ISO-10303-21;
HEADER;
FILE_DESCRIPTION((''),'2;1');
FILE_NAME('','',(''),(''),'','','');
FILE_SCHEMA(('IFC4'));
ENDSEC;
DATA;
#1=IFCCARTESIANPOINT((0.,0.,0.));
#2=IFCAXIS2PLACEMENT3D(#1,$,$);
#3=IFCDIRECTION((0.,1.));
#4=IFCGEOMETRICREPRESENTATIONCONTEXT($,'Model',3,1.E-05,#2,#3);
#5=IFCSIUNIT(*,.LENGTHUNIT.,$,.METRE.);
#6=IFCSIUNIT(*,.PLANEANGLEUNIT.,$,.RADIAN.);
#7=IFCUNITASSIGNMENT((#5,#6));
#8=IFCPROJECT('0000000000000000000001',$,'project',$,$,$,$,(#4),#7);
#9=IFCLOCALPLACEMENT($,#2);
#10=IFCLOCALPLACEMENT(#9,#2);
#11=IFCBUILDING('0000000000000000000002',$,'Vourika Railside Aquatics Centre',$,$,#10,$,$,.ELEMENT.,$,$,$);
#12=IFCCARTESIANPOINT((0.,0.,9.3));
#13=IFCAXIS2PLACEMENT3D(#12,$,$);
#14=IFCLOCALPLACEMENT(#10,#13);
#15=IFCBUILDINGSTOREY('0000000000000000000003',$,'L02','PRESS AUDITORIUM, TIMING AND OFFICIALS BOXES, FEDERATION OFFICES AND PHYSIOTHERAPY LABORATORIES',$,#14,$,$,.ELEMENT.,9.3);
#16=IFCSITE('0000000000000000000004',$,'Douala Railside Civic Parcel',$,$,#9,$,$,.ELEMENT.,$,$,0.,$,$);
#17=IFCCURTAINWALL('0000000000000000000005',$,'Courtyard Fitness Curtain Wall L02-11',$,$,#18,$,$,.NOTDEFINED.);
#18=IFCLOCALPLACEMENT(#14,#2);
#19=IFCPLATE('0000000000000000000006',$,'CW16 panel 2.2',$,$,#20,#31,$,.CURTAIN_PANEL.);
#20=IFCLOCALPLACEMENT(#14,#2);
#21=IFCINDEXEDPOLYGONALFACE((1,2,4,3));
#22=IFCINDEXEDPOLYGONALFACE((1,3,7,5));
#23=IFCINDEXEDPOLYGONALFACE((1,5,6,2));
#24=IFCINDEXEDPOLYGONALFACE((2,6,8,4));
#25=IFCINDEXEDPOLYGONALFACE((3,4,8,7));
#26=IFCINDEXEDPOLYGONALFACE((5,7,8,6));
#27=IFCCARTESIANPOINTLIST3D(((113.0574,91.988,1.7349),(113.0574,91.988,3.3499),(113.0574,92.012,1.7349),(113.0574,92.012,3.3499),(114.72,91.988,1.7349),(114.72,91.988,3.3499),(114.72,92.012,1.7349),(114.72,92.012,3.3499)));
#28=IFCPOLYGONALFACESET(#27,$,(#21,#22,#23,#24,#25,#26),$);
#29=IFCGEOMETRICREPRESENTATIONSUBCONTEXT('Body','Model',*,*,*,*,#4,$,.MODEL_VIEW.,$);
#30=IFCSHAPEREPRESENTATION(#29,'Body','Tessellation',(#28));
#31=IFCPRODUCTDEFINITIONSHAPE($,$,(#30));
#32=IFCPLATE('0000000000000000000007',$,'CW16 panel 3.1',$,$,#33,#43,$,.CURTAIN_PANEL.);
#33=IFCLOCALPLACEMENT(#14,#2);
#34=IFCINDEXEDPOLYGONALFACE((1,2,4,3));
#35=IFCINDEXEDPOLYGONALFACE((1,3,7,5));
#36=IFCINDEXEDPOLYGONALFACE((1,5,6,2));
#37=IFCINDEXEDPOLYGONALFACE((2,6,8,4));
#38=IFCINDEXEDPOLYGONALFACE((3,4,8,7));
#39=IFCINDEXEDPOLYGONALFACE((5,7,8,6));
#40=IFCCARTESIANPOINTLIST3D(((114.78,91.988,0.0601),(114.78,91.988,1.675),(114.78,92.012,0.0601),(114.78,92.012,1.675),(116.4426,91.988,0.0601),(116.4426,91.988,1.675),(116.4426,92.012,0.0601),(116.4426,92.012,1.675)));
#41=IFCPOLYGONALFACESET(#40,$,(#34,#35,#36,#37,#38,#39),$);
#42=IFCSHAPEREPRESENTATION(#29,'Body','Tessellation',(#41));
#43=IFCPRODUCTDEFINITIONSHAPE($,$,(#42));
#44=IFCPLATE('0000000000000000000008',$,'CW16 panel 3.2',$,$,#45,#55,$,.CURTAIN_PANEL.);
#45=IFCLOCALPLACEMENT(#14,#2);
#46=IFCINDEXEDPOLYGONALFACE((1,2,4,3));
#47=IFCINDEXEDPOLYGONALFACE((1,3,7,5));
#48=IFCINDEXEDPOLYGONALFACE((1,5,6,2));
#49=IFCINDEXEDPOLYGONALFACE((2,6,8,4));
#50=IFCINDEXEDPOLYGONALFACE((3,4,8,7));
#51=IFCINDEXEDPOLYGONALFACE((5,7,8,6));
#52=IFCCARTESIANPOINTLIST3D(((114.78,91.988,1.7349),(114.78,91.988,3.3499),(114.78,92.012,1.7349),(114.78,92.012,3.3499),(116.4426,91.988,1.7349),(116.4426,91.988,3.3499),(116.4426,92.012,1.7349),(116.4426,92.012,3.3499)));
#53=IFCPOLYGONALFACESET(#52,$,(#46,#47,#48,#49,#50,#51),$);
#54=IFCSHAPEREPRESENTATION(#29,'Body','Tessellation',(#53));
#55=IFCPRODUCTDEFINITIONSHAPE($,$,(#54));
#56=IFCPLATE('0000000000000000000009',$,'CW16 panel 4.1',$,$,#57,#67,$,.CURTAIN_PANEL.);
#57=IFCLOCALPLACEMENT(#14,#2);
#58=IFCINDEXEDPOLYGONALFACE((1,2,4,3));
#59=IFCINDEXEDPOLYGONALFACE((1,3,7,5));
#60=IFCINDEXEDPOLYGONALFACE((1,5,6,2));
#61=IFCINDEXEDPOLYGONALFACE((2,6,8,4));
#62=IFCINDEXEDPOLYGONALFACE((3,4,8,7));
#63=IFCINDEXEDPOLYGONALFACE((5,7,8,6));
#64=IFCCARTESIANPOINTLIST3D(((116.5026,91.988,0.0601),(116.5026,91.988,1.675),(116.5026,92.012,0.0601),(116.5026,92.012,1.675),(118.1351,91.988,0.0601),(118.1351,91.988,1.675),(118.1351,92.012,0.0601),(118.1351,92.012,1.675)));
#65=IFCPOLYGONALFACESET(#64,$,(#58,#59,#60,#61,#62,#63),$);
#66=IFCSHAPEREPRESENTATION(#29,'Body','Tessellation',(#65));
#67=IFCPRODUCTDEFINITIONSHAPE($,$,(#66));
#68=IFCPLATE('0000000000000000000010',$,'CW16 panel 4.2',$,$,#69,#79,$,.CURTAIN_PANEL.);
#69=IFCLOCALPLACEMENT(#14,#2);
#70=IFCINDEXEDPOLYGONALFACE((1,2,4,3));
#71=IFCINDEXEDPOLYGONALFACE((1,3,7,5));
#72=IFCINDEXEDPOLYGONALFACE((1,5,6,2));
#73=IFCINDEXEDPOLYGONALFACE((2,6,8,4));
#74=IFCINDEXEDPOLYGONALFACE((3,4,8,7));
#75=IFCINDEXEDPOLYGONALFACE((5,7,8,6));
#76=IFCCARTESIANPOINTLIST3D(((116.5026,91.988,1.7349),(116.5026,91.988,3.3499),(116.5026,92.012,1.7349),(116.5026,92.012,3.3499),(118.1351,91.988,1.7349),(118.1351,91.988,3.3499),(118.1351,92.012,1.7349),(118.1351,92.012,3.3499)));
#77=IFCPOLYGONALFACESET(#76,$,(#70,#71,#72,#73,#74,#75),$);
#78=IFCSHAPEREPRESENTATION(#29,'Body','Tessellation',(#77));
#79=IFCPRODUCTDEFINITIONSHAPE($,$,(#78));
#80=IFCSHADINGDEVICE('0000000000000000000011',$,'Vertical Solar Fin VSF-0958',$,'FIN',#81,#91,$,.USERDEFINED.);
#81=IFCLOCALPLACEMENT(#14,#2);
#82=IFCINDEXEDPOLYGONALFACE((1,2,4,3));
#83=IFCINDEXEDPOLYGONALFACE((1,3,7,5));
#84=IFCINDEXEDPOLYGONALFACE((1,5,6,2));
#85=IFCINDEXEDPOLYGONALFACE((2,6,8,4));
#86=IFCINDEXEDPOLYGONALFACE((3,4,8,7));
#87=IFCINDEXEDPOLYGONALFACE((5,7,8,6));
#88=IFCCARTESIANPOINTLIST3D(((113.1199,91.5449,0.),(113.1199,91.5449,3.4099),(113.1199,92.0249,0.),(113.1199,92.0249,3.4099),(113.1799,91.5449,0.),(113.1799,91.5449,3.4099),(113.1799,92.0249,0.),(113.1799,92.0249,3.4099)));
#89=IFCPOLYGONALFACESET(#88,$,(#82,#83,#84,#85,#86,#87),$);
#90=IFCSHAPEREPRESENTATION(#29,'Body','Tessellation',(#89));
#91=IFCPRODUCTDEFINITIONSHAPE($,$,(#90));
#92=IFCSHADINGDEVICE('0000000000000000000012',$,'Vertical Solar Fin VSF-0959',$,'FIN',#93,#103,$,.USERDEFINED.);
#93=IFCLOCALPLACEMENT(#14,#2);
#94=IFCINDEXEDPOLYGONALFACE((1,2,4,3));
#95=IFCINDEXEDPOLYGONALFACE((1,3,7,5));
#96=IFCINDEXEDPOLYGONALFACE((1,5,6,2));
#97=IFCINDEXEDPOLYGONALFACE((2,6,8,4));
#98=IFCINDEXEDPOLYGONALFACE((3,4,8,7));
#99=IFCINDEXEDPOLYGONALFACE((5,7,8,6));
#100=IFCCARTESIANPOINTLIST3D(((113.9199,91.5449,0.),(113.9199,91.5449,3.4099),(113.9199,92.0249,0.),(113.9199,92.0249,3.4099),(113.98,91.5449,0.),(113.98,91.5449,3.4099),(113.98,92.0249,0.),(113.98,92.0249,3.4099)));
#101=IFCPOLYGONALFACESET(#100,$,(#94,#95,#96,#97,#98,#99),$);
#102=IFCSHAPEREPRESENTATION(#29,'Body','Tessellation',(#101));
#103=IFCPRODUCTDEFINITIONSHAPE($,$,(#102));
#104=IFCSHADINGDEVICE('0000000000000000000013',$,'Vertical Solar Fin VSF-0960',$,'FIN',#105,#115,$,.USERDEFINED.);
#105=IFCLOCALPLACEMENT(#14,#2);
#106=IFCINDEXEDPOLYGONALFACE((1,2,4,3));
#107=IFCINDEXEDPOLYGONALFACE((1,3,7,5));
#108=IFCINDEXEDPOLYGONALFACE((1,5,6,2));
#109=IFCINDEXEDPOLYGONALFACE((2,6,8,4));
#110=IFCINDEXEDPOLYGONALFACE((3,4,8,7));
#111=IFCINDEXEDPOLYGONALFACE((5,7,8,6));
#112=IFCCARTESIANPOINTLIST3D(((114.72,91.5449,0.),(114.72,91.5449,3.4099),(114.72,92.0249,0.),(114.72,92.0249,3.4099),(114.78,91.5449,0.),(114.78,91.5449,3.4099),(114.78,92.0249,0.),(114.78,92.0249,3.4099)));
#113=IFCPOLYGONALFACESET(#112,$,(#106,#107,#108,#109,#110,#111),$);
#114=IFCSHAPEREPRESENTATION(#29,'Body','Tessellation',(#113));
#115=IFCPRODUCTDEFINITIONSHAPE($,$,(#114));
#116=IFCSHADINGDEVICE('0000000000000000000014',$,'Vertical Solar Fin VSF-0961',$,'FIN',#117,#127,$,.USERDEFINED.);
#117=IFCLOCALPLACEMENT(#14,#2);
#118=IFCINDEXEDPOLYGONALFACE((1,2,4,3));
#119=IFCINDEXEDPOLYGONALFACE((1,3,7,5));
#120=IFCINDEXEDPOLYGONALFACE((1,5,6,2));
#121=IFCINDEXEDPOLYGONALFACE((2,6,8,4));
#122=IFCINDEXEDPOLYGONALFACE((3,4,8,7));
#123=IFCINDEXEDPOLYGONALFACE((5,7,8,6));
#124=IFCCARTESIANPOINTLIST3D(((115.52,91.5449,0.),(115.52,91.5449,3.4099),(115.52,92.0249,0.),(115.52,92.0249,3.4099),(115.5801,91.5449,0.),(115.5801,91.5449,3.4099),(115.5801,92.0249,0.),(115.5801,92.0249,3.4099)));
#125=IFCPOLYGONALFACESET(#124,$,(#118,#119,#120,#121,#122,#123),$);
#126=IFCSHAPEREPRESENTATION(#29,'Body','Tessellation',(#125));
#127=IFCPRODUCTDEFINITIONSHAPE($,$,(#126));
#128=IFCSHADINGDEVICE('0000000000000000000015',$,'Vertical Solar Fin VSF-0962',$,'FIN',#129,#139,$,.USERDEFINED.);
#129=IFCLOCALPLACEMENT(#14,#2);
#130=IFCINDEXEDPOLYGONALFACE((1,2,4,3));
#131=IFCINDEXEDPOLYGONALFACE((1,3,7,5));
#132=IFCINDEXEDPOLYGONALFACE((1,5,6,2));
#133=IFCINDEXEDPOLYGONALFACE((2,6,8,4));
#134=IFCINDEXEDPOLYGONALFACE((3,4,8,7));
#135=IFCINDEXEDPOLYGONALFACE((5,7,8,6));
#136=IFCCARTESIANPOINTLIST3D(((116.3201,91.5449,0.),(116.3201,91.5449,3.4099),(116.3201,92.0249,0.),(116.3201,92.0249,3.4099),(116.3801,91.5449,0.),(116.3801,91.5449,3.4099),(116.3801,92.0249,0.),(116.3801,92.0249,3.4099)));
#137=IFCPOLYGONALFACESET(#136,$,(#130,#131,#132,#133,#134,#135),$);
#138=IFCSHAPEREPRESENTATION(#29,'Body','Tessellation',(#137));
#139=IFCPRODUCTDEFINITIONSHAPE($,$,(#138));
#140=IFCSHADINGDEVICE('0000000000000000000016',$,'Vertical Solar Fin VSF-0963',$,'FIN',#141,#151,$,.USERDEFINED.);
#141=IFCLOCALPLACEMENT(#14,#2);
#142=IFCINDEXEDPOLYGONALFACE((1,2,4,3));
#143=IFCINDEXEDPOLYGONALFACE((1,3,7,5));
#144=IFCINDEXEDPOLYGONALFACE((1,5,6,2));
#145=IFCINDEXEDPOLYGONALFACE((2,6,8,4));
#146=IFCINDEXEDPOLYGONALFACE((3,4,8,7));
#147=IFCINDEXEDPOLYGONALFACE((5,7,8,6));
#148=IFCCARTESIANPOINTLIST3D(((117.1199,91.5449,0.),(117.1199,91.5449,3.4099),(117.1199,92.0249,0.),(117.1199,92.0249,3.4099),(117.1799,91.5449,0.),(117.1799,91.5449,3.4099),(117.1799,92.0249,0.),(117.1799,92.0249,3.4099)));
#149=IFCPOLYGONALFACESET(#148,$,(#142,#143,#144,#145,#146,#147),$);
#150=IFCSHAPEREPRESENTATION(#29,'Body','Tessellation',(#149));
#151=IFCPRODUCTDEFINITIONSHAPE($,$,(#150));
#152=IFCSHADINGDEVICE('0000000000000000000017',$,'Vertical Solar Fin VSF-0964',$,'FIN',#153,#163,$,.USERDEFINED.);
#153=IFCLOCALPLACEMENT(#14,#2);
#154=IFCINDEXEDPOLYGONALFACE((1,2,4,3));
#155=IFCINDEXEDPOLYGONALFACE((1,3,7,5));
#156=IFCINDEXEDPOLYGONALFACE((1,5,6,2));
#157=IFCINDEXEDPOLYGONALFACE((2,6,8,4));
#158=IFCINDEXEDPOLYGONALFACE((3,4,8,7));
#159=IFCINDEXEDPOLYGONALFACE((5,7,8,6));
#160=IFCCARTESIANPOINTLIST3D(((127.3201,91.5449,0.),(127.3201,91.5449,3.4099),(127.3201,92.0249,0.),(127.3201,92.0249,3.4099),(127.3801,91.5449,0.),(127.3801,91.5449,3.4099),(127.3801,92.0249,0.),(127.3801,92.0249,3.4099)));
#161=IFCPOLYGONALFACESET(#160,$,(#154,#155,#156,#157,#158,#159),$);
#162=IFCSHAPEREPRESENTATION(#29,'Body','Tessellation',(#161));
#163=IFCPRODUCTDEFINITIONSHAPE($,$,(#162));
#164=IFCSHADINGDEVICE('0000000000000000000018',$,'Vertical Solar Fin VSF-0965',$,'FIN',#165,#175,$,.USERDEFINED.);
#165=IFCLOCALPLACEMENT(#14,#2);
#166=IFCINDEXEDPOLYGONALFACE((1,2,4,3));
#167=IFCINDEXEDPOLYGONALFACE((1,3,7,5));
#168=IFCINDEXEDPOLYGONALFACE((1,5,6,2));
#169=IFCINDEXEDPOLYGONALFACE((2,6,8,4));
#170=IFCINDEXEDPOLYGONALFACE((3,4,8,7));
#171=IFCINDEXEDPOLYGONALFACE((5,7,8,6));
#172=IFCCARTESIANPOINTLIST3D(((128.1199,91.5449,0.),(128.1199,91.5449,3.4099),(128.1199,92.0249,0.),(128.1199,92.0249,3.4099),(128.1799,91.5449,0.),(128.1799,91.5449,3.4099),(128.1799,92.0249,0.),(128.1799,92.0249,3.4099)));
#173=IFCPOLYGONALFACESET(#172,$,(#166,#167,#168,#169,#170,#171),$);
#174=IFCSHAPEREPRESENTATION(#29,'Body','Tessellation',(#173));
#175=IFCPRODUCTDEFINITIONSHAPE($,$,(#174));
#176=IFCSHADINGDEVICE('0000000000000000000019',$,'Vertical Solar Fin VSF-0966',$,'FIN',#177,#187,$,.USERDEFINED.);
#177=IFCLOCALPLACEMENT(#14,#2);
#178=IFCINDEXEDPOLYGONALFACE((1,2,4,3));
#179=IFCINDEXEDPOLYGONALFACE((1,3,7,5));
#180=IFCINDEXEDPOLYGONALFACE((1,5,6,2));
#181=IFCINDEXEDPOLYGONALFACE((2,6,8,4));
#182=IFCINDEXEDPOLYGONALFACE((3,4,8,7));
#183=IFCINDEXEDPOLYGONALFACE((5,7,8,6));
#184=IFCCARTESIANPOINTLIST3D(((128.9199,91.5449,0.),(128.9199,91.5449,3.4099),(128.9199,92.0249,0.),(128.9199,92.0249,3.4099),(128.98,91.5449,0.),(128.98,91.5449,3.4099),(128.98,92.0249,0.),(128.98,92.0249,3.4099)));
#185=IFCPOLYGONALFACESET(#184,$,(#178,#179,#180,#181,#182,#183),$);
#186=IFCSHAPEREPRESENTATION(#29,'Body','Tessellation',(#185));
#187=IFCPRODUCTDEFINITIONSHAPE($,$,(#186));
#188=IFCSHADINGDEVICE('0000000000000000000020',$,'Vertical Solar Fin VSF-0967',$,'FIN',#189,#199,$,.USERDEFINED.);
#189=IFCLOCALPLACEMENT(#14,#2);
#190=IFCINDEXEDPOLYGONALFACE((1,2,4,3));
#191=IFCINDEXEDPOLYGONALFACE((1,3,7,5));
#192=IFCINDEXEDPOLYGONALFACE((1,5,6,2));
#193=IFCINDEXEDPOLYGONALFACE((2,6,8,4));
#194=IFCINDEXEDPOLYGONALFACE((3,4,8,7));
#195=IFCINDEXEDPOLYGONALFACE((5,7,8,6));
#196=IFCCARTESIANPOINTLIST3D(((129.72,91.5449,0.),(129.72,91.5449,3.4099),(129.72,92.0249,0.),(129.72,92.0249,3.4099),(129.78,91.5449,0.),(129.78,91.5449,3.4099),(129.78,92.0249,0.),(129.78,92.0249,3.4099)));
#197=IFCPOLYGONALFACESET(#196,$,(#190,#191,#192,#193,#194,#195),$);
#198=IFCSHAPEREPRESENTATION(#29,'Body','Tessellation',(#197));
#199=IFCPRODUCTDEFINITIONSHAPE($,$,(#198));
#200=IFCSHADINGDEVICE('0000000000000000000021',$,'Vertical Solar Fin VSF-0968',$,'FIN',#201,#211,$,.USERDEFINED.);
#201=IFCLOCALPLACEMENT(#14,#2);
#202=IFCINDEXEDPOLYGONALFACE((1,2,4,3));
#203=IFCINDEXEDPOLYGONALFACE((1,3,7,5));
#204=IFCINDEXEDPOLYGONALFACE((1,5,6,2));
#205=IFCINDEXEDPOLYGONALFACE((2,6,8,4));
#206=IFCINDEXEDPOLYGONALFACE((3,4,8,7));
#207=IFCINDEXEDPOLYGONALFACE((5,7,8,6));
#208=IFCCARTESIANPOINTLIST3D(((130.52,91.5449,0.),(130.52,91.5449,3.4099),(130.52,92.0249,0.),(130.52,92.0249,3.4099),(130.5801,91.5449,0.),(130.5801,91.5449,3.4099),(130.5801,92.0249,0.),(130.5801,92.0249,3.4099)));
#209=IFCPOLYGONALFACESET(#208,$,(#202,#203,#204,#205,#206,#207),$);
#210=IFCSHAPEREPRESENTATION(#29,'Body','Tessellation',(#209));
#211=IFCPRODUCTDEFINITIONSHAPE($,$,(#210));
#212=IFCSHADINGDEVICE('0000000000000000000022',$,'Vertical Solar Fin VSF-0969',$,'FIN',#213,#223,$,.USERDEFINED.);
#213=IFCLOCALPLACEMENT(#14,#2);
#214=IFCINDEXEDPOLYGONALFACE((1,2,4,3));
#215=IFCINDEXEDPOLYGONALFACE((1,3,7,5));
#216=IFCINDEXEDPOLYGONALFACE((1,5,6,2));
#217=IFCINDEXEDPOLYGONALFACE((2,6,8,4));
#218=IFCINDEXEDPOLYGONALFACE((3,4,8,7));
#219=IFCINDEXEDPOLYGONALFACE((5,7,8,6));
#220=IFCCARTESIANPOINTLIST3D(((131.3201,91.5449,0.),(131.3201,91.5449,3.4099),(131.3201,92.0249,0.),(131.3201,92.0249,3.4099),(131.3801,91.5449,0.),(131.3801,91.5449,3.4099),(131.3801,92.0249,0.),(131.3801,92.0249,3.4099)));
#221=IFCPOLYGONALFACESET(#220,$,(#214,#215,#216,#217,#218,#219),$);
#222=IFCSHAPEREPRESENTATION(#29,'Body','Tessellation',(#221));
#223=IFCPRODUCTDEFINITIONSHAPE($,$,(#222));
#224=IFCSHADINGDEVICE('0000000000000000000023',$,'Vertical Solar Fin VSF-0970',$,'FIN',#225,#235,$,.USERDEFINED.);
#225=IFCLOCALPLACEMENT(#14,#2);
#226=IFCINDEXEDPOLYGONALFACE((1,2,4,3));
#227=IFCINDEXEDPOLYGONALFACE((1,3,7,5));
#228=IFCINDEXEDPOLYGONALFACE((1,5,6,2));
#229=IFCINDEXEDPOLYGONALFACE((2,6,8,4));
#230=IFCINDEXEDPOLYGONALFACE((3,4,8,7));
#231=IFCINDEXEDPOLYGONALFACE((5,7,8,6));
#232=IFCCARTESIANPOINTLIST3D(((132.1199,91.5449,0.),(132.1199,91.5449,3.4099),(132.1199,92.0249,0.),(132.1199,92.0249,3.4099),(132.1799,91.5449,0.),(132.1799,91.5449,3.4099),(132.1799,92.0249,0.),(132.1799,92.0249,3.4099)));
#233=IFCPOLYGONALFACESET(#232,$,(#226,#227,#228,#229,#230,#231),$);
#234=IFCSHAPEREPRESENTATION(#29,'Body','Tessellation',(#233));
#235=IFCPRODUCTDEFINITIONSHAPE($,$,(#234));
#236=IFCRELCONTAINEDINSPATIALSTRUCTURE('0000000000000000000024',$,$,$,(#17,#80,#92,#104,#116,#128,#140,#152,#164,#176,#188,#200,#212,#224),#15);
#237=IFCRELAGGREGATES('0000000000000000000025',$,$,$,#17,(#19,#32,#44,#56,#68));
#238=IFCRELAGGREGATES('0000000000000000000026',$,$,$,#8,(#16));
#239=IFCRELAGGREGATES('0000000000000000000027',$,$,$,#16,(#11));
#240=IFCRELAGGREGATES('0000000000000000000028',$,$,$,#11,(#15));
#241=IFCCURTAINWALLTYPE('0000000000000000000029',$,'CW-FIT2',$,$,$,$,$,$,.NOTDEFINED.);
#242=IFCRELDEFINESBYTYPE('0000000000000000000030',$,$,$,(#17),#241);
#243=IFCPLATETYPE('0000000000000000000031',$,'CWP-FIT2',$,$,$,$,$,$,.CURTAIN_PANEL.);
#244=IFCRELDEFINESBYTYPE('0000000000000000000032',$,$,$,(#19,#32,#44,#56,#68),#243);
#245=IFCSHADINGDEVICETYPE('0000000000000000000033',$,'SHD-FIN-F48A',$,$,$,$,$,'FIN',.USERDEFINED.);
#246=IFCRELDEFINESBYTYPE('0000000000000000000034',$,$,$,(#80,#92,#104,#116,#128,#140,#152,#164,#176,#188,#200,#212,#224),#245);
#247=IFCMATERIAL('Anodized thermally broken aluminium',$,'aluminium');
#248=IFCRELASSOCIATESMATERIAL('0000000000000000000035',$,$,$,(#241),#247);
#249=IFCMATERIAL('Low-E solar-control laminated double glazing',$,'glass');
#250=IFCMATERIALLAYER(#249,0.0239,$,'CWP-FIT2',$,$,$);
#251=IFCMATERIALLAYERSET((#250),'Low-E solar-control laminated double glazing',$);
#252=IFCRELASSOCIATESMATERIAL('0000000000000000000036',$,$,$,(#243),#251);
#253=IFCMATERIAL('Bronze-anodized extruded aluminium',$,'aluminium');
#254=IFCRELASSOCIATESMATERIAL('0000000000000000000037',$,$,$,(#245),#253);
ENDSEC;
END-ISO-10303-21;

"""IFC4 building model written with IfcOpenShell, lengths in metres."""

from ifc_helpers import new_model, si_unit, direction, frame, origin, origin_2d, place, context, subcontext, project, spatial, rectangle, extrude, material, layer, layer_set, material_profile, profile_set, type_object, element, aggregate, save


model = new_model("IFC4")

# Units and contexts
model_context = context("Model", 3, precision=1e-05, world=origin(), true_north=direction((0.0, 1.0)))
body_context = subcontext(model_context, "Body", "Model", "MODEL_VIEW")
ifc_project = project(units=[si_unit("LENGTHUNIT", "METRE"), si_unit("PLANEANGLEUNIT", "RADIAN")], contexts=[model_context])

# Site, building, storey
site_placement = place(None, origin())
site = spatial("IfcSite", under=ifc_project, at=site_placement, Name="Douala Railside Civic Parcel", CompositionType="ELEMENT", RefElevation=0.0)
building_placement = place(site_placement, origin())
building = spatial("IfcBuilding", under=site, at=building_placement, Name="Vourika Railside Aquatics Centre", CompositionType="ELEMENT")
storey_placement = place(building_placement, frame((0.0, 0.0, 9.3)))
storey = spatial("IfcBuildingStorey", under=building, at=storey_placement, Name="L02", Description="PRESS AUDITORIUM, TIMING AND OFFICIALS BOXES, FEDERATION OFFICES AND PHYSIOTHERAPY LABORATORIES", CompositionType="ELEMENT", Elevation=9.3)

# Curtain wall, plates
ifc_material_1 = material(Name="Anodized thermally broken aluminium", Category="aluminium")
curtain_wall_type = type_object("IfcCurtainWallType", Name="CW-FIT2", PredefinedType="NOTDEFINED", material=ifc_material_1)
curtain_wall_placement = place(storey_placement, origin())
curtain_wall = element("IfcCurtainWall", 1, at=curtain_wall_placement, inside=storey, type_object=curtain_wall_type, Name="Courtyard Fitness Curtain Wall L02-11", PredefinedType="NOTDEFINED")
ifc_material_2 = material(Name="Low-E solar-control laminated double glazing", Category="glass")
ifc_layer = layer(ifc_material_2, 0.0239, Name="CWP-FIT2")
ifc_layer_set = layer_set([ifc_layer], Name="Low-E solar-control laminated double glazing")
plate_type = type_object("IfcPlateType", Name="CWP-FIT2", PredefinedType="CURTAIN_PANEL", material=ifc_layer_set)
plate_1_placement = place(storey_placement, frame((113.8887, 92.0, 1.7349), z_axis=(0.0, 0.0, 1.0), x_axis=(1.0, 0.0, 0.0)))
plate_1 = element("IfcPlate", 2, at=plate_1_placement, type_object=plate_type, Name="CW16 panel 2.2", PredefinedType="CURTAIN_PANEL", context=body_context, shape_type="SweptSolid", body=[
    extrude(rectangle(XDim=1.6626, YDim=0.0239, at=origin_2d()), origin(), (0.0, 0.0, 1.0), 1.615),
])
plate_2_placement = place(storey_placement, frame((115.6113, 92.0, 0.0601), z_axis=(0.0, 0.0, 1.0), x_axis=(1.0, 0.0, 0.0)))
plate_2 = element("IfcPlate", 3, at=plate_2_placement, type_object=plate_type, Name="CW16 panel 3.1", PredefinedType="CURTAIN_PANEL", context=body_context, shape_type="SweptSolid", body=[
    extrude(rectangle(XDim=1.6626, YDim=0.0239, at=origin_2d()), origin(), (0.0, 0.0, 1.0), 1.615),
])
plate_3_placement = place(storey_placement, frame((115.6113, 92.0, 1.7349), z_axis=(0.0, 0.0, 1.0), x_axis=(1.0, 0.0, 0.0)))
plate_3 = element("IfcPlate", 4, at=plate_3_placement, type_object=plate_type, Name="CW16 panel 3.2", PredefinedType="CURTAIN_PANEL", context=body_context, shape_type="SweptSolid", body=[
    extrude(rectangle(XDim=1.6626, YDim=0.0239, at=origin_2d()), origin(), (0.0, 0.0, 1.0), 1.615),
])
plate_4_placement = place(storey_placement, frame((117.3188, 92.0, 0.0601), z_axis=(0.0, 0.0, 1.0), x_axis=(1.0, 0.0, 0.0)))
plate_4 = element("IfcPlate", 5, at=plate_4_placement, type_object=plate_type, Name="CW16 panel 4.1", PredefinedType="CURTAIN_PANEL", context=body_context, shape_type="SweptSolid", body=[
    extrude(rectangle(XDim=1.6326, YDim=0.0239, at=origin_2d()), origin(), (0.0, 0.0, 1.0), 1.615),
])
plate_5_placement = place(storey_placement, frame((117.3188, 92.0, 1.7349), z_axis=(0.0, 0.0, 1.0), x_axis=(1.0, 0.0, 0.0)))
plate_5 = element("IfcPlate", 6, at=plate_5_placement, type_object=plate_type, Name="CW16 panel 4.2", PredefinedType="CURTAIN_PANEL", context=body_context, shape_type="SweptSolid", body=[
    extrude(rectangle(XDim=1.6326, YDim=0.0239, at=origin_2d()), origin(), (0.0, 0.0, 1.0), 1.615),
])
aggregate(curtain_wall, [plate_1, plate_2, plate_3, plate_4, plate_5])

# Shading devices
ifc_material_3 = material(Name="Bronze-anodized extruded aluminium", Category="aluminium")
ifc_material_profile_1 = material_profile(ifc_material_3, rectangle(XDim=0.0601, YDim=0.48, at=origin_2d()), Name="ALU-FIN 60x480")
ifc_profile_set_1 = profile_set([ifc_material_profile_1], Name="Bronze-anodized extruded aluminium")
shading_device_type = type_object("IfcShadingDeviceType", Name="SHD-FIN-F48A", ElementType="FIN", PredefinedType="USERDEFINED", material=ifc_profile_set_1)
for number, where, z_axis, x_axis, name in (
    (7, (113.1499, 91.7849, 0.0), (0.0, 0.0, 1.0), (-1.0, 0.0, 0.0), "Vertical Solar Fin VSF-0958"),
    (8, (113.95, 91.7849, 0.0), (0.0, 0.0, 1.0), (-1.0, 0.0, 0.0), "Vertical Solar Fin VSF-0959"),
    (9, (114.75, 91.7849, 0.0), (0.0, 0.0, 1.0), (-1.0, 0.0, 0.0), "Vertical Solar Fin VSF-0960"),
    (10, (115.55, 91.7849, 0.0), (0.0, 0.0, 1.0), (-1.0, 0.0, 0.0), "Vertical Solar Fin VSF-0961"),
    (11, (116.3501, 91.7849, 0.0), (0.0, 0.0, 1.0), (-1.0, 0.0, 0.0), "Vertical Solar Fin VSF-0962"),
    (12, (117.1499, 91.7849, 0.0), (0.0, 0.0, 1.0), (-1.0, 0.0, 0.0), "Vertical Solar Fin VSF-0963"),
    (13, (127.3501, 91.7849, 0.0), (0.0, 0.0, 1.0), (-1.0, 0.0, 0.0), "Vertical Solar Fin VSF-0964"),
    (14, (128.1499, 91.7849, 0.0), (0.0, 0.0, 1.0), (-1.0, 0.0, 0.0), "Vertical Solar Fin VSF-0965"),
    (15, (128.95, 91.7849, 0.0), (0.0, 0.0, 1.0), (-1.0, 0.0, 0.0), "Vertical Solar Fin VSF-0966"),
    (16, (129.75, 91.7849, 0.0), (0.0, 0.0, 1.0), (-1.0, 0.0, 0.0), "Vertical Solar Fin VSF-0967"),
    (17, (130.55, 91.7849, 0.0), (0.0, 0.0, 1.0), (-1.0, 0.0, 0.0), "Vertical Solar Fin VSF-0968"),
    (18, (131.3501, 91.7849, 0.0), (0.0, 0.0, 1.0), (-1.0, 0.0, 0.0), "Vertical Solar Fin VSF-0969"),
    (19, (132.1499, 91.7849, 0.0), (0.0, 0.0, 1.0), (-1.0, 0.0, 0.0), "Vertical Solar Fin VSF-0970"),
):
    element("IfcShadingDevice", number, at=place(storey_placement, frame(where, z_axis=z_axis, x_axis=x_axis)), inside=storey, type_object=shading_device_type, Name=name, ObjectType="FIN", PredefinedType="USERDEFINED", context=body_context, shape_type="SweptSolid", body=[
        extrude(rectangle(XDim=0.0601, YDim=0.48, at=origin_2d()), origin(), (0.0, 0.0, 1.0), 3.4099),
    ])

save(model, "model.ifc")
